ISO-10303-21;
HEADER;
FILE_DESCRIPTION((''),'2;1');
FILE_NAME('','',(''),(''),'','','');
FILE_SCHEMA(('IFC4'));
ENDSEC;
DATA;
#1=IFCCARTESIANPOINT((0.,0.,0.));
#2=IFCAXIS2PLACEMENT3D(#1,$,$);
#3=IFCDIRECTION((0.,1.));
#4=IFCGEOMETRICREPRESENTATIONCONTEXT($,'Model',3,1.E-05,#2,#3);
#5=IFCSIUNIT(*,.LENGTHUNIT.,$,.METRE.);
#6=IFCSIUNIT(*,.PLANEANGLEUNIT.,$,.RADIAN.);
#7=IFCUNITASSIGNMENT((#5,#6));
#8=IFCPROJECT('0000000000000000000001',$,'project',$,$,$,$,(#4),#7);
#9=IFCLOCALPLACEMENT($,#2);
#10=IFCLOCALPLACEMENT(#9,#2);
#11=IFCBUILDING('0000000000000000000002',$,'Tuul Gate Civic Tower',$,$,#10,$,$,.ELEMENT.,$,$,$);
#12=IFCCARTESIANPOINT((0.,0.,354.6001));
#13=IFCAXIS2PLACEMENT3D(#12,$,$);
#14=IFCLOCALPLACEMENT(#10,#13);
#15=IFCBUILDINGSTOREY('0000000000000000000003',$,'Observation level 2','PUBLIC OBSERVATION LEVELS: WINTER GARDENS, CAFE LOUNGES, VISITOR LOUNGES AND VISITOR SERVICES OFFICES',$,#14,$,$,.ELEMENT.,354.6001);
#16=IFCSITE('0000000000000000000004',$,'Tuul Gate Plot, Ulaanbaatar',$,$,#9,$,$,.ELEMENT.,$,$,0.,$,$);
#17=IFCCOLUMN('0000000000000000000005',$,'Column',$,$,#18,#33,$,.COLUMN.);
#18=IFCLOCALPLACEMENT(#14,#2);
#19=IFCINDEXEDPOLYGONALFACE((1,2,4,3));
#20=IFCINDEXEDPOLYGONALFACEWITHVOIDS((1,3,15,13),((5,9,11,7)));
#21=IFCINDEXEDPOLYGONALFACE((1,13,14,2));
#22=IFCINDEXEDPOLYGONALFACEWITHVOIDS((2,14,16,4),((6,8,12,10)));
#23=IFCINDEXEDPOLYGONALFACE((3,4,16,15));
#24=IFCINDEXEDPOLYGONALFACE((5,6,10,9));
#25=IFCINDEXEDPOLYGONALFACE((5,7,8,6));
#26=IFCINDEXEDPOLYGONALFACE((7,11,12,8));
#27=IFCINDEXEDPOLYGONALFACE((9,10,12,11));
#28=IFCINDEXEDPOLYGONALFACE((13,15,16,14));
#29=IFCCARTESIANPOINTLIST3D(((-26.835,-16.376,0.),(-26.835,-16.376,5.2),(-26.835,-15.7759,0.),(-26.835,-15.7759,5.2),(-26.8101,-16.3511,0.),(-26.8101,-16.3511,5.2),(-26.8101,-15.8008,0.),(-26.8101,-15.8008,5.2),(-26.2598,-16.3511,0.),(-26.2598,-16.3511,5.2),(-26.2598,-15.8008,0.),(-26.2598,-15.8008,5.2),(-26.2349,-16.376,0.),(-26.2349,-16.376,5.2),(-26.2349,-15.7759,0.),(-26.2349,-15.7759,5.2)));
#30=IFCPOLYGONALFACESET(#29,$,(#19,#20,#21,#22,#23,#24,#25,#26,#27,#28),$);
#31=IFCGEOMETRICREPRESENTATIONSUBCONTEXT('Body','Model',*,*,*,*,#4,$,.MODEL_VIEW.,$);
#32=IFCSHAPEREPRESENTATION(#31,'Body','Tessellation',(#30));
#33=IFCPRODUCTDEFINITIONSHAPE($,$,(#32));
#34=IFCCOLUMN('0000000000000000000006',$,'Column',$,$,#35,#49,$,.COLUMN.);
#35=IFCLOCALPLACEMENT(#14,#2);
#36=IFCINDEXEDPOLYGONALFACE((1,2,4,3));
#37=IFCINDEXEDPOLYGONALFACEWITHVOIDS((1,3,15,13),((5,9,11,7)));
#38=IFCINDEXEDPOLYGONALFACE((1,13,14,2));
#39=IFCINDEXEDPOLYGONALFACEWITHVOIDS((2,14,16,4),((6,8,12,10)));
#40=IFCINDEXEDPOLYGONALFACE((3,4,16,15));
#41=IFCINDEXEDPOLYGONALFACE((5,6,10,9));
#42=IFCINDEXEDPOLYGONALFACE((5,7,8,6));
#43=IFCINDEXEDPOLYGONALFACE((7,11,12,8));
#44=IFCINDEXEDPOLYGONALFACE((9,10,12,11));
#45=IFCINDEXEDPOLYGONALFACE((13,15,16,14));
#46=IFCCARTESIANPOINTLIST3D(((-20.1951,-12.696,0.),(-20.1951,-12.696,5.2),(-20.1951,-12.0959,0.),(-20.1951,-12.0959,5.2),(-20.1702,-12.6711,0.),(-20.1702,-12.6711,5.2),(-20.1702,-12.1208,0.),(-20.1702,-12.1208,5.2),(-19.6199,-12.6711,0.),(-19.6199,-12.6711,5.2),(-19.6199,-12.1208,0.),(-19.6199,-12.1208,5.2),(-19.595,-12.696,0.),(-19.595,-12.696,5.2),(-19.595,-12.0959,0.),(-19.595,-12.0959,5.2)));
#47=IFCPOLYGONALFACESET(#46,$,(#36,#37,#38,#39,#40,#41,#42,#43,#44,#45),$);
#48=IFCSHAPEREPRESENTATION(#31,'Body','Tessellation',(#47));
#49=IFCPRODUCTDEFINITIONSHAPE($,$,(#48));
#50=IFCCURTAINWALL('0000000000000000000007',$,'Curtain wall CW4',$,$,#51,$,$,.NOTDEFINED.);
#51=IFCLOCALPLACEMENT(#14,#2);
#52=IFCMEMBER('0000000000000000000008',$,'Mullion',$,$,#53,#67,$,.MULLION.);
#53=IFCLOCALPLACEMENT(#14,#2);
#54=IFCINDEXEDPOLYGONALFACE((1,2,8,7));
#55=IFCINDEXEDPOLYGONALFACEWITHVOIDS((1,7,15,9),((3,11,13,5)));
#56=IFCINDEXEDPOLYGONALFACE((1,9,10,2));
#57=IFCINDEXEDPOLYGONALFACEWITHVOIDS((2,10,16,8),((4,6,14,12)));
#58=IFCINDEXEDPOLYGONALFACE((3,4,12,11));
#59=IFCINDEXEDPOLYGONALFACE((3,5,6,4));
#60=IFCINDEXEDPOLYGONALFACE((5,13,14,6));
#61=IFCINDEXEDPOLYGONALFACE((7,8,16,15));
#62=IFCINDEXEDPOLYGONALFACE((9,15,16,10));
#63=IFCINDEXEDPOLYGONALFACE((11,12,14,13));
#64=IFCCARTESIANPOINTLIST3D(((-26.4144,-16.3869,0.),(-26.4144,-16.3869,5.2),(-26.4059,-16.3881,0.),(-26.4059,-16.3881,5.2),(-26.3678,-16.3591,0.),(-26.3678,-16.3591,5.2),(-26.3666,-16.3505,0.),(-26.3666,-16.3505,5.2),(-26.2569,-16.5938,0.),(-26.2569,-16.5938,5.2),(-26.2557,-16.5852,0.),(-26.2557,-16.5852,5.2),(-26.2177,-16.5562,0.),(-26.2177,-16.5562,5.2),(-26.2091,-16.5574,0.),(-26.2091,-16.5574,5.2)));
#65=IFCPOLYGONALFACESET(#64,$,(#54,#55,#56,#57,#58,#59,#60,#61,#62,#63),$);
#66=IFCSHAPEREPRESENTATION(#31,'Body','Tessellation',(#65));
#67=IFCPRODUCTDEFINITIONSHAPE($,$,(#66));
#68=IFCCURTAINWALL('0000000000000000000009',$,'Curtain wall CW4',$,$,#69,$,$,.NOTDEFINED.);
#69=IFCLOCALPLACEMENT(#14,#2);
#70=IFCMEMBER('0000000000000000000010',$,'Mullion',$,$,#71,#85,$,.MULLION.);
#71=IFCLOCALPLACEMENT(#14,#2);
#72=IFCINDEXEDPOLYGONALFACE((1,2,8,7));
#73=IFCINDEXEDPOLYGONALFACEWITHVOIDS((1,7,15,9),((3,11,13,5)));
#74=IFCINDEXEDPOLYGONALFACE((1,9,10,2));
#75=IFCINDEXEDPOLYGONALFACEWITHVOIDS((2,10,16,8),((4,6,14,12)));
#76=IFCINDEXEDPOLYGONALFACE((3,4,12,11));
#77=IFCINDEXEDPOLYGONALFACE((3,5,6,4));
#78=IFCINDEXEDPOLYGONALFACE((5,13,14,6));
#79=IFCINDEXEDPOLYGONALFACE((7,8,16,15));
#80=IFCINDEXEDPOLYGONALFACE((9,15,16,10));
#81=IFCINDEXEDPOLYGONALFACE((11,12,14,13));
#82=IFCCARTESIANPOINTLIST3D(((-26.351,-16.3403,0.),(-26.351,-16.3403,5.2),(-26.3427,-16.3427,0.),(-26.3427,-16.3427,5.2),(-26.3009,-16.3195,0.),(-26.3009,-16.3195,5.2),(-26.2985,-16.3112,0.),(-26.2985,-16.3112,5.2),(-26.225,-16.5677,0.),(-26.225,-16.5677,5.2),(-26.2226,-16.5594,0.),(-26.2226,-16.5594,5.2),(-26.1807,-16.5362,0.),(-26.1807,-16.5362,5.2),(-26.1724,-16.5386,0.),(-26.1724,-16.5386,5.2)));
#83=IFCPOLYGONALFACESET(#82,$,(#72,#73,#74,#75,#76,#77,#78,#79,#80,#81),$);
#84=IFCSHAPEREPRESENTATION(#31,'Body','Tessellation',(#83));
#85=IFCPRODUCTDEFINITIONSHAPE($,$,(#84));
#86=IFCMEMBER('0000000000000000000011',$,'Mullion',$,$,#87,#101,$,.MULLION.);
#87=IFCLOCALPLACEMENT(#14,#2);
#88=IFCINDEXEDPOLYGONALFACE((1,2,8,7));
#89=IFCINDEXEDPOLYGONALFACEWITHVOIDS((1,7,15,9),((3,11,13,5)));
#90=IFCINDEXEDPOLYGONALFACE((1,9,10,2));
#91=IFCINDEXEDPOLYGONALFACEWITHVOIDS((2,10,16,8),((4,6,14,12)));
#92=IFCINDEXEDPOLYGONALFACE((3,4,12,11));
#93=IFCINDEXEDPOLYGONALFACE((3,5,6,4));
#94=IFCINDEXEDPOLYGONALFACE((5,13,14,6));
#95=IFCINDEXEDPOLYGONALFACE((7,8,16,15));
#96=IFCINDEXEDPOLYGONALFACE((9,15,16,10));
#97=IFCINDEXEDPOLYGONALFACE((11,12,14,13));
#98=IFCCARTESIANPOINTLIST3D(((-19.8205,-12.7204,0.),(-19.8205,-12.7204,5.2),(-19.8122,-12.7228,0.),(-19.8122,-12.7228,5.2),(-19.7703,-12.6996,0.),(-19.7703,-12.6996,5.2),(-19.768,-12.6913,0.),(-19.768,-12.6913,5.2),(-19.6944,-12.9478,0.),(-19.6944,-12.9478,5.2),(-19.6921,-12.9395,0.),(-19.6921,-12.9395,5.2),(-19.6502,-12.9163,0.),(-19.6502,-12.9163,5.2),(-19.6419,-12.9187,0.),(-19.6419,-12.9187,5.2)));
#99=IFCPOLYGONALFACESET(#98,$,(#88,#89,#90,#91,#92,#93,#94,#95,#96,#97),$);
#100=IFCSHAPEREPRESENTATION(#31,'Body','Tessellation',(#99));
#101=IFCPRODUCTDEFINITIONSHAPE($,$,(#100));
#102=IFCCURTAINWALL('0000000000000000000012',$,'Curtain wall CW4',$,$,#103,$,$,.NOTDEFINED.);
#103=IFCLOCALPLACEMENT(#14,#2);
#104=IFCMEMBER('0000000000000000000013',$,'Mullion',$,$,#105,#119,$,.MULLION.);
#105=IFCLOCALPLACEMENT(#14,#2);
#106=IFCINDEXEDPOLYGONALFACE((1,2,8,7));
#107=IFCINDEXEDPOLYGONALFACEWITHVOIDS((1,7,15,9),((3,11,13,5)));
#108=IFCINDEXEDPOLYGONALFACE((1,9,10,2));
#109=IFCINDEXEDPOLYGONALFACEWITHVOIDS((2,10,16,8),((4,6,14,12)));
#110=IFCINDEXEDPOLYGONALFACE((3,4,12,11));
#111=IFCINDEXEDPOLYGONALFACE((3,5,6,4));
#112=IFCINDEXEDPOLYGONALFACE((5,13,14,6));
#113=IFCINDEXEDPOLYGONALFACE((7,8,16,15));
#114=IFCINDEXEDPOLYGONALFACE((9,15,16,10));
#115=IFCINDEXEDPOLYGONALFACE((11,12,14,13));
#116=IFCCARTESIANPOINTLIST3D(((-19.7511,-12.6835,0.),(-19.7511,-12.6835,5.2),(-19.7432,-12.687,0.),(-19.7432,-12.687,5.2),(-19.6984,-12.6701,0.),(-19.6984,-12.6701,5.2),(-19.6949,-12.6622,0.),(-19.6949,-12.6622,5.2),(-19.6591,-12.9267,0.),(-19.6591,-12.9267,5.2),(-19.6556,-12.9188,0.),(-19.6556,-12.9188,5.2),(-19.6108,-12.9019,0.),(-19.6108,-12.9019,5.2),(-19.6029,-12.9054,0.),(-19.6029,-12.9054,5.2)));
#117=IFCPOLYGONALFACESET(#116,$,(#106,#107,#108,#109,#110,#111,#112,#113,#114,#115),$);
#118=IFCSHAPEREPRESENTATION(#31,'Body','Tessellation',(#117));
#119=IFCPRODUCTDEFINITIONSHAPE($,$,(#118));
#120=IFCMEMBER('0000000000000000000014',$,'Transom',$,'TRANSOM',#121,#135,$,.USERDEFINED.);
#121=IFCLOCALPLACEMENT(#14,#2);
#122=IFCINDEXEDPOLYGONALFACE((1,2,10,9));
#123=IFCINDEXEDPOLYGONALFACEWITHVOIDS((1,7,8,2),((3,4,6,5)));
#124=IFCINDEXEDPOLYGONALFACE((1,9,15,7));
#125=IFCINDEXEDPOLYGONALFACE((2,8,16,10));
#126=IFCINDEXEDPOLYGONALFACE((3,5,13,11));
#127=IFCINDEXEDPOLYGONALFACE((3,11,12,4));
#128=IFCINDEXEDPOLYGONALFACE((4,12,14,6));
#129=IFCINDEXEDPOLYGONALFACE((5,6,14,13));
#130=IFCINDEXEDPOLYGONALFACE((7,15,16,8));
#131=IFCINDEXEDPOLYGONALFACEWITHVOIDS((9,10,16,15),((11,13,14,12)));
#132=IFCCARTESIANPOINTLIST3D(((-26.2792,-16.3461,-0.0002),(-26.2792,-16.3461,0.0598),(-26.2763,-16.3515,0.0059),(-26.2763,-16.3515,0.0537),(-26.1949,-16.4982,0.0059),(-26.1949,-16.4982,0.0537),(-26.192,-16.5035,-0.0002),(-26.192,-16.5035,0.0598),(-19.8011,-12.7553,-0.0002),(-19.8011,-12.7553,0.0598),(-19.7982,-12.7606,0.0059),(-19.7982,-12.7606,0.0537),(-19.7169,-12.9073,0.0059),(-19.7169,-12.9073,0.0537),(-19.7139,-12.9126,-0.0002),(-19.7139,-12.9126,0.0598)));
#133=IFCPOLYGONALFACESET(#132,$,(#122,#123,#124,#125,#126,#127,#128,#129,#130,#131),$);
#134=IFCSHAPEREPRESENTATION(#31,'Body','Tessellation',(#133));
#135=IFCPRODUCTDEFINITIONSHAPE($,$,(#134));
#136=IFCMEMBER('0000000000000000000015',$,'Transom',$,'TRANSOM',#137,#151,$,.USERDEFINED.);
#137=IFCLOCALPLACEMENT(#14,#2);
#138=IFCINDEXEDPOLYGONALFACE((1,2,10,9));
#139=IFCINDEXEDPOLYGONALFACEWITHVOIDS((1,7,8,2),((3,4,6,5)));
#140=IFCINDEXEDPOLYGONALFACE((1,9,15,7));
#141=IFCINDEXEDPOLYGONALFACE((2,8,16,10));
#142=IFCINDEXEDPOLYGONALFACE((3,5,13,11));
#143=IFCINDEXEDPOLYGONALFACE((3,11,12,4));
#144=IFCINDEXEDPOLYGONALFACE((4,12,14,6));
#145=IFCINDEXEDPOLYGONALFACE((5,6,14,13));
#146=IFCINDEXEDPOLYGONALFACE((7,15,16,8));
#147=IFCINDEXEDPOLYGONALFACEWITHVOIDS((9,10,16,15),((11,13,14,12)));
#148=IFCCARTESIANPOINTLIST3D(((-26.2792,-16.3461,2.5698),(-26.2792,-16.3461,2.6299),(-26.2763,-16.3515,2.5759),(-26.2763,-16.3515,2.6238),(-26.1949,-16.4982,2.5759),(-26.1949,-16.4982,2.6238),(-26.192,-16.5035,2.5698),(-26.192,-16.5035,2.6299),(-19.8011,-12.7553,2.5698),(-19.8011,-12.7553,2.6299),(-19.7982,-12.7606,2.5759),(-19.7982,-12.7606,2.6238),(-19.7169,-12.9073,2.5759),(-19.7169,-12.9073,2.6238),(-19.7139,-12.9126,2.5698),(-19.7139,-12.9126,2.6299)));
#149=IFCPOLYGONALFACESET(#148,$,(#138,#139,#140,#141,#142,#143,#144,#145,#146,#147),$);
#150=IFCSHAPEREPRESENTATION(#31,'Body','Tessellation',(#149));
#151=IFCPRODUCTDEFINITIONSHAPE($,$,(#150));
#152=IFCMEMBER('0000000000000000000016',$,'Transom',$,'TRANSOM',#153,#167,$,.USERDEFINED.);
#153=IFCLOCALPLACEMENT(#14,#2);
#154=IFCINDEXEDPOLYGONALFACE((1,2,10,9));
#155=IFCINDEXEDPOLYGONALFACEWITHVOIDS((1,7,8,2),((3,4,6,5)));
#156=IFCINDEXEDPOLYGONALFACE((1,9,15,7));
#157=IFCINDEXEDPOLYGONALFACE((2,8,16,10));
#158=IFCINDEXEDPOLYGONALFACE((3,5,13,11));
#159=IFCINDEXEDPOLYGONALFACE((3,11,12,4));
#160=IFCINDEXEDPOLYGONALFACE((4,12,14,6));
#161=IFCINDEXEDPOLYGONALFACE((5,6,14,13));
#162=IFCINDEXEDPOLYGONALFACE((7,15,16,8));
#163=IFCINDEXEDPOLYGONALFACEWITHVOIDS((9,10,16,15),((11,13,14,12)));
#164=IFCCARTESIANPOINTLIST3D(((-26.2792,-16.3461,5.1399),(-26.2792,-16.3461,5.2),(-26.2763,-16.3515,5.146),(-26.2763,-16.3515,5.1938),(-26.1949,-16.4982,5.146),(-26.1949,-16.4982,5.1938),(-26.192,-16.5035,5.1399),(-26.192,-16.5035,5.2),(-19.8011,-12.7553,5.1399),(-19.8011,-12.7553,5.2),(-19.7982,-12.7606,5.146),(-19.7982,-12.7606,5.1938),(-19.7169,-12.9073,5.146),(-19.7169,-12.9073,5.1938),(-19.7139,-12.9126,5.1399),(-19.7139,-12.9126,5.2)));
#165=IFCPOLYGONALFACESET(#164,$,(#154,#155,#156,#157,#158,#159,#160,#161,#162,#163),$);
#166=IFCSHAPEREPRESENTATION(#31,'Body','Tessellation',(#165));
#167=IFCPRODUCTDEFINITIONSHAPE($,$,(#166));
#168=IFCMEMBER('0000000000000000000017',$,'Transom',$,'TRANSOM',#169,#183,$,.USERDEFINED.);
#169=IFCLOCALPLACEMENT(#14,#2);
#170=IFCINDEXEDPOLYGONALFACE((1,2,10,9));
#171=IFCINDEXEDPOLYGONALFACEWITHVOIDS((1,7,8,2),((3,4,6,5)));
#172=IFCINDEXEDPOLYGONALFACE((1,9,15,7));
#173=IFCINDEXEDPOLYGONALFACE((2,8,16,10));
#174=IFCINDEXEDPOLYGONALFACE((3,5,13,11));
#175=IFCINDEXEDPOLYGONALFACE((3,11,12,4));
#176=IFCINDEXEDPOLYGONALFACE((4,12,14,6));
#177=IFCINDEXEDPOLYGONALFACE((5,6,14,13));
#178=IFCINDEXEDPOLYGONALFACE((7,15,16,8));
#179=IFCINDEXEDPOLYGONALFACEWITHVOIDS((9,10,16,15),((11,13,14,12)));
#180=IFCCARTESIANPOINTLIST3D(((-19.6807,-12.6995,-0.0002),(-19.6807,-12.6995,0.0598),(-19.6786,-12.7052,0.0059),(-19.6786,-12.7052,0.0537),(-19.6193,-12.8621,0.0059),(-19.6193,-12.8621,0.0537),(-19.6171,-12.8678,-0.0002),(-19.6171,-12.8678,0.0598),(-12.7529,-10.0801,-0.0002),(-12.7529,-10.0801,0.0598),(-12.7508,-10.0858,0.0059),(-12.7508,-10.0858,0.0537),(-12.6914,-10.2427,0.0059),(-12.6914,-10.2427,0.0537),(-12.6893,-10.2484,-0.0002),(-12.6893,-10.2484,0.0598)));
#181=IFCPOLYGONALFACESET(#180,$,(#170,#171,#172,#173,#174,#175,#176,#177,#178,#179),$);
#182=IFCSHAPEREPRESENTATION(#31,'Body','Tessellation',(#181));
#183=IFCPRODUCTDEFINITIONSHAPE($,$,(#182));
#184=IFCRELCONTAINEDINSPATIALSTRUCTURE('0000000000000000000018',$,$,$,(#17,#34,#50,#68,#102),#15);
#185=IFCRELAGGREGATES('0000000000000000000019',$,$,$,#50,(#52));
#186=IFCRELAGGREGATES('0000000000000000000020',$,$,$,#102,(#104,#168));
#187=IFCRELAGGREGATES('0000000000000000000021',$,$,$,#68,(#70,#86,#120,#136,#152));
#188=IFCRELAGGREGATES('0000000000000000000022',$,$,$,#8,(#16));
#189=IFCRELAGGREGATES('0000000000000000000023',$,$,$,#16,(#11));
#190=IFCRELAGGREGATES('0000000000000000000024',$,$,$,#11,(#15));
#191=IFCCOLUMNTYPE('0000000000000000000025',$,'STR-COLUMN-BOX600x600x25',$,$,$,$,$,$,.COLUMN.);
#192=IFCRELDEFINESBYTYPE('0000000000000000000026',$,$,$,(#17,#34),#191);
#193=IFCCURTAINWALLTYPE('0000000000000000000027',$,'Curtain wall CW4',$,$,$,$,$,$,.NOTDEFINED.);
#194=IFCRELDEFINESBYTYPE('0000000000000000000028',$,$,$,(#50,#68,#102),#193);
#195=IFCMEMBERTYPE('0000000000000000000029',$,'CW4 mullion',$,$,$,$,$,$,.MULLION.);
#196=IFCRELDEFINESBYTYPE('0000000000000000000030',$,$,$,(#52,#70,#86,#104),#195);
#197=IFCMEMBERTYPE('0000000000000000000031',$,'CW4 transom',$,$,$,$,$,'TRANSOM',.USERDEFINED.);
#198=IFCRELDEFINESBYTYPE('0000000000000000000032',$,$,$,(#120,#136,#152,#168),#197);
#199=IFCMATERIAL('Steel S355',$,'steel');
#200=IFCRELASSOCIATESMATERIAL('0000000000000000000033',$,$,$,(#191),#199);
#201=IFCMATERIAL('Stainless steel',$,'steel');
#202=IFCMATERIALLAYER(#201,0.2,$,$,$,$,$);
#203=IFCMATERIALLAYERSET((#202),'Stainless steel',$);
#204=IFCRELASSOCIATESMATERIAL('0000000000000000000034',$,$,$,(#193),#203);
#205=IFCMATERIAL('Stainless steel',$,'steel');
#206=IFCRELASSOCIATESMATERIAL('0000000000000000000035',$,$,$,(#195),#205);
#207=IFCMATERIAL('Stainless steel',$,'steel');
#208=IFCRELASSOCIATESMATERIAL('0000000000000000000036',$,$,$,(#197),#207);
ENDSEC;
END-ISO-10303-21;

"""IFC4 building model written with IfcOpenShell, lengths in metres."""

from ifc_helpers import new_model, si_unit, direction, frame, origin, origin_2d, place, context, subcontext, project, spatial, hollow_rectangle, extrude, material, layer, layer_set, material_profile, profile_set, type_object, element, aggregate, save


model = new_model("IFC4")

# Units and contexts
model_context = context("Model", 3, precision=1e-05, world=origin(), true_north=direction((0.0, 1.0)))
body_context = subcontext(model_context, "Body", "Model", "MODEL_VIEW")
ifc_project = project(units=[si_unit("LENGTHUNIT", "METRE"), si_unit("PLANEANGLEUNIT", "RADIAN")], contexts=[model_context])

# Site, building, storey
site_placement = place(None, origin())
site = spatial("IfcSite", under=ifc_project, at=site_placement, Name="Tuul Gate Plot, Ulaanbaatar", CompositionType="ELEMENT", RefElevation=0.0)
building_placement = place(site_placement, origin())
building = spatial("IfcBuilding", under=site, at=building_placement, Name="Tuul Gate Civic Tower", CompositionType="ELEMENT")
storey_placement = place(building_placement, frame((0.0, 0.0, 354.6001)))
storey = spatial("IfcBuildingStorey", under=building, at=storey_placement, Name="Observation level 2", Description="PUBLIC OBSERVATION LEVELS: WINTER GARDENS, CAFE LOUNGES, VISITOR LOUNGES AND VISITOR SERVICES OFFICES", CompositionType="ELEMENT", Elevation=354.6001)

# Columns
ifc_material_1 = material(Name="Steel S355", Category="steel")
ifc_material_profile_1 = material_profile(ifc_material_1, hollow_rectangle(XDim=0.6001, YDim=0.6001, WallThickness=0.0249, at=origin_2d()), Name="BOX600x600x25")
ifc_profile_set_1 = profile_set([ifc_material_profile_1], Name="Steel S355")
column_type = type_object("IfcColumnType", Name="STR-COLUMN-BOX600x600x25", PredefinedType="COLUMN", material=ifc_profile_set_1)
for number, where, z_axis, x_axis, name in (
    (1, (-26.5349, -16.0759, 0.0), (0.0, 0.0, 1.0), (1.0, 0.0, 0.0), "Column"),
    (2, (-19.895, -12.396, 0.0), (0.0, 0.0, 1.0), (1.0, 0.0, 0.0), "Column"),
):
    element("IfcColumn", number, at=place(storey_placement, frame(where, z_axis=z_axis, x_axis=x_axis)), inside=storey, type_object=column_type, Name=name, PredefinedType="COLUMN", context=body_context, shape_type="SweptSolid", body=[
        extrude(hollow_rectangle(XDim=0.6001, YDim=0.6001, WallThickness=0.0249, at=origin_2d()), origin(), (0.0, 0.0, 1.0), 5.2),
    ])

# Curtain wall, member
ifc_material_2 = material(Name="Stainless steel", Category="steel")
ifc_layer_1 = layer(ifc_material_2, 0.2)
ifc_layer_set_1 = layer_set([ifc_layer_1], Name="Stainless steel")
curtain_wall_type = type_object("IfcCurtainWallType", Name="Curtain wall CW4", PredefinedType="NOTDEFINED", material=ifc_layer_set_1)
curtain_wall_1_placement = place(storey_placement, origin())
curtain_wall_1 = element("IfcCurtainWall", 3, at=curtain_wall_1_placement, inside=storey, type_object=curtain_wall_type, Name="Curtain wall CW4", PredefinedType="NOTDEFINED")
ifc_material_3 = material(Name="Stainless steel", Category="steel")
ifc_material_profile_2 = material_profile(ifc_material_3, hollow_rectangle(XDim=0.26, YDim=0.0601, WallThickness=0.0061, at=origin_2d()), Name="CW4 mullion")
ifc_profile_set_2 = profile_set([ifc_material_profile_2], Name="Stainless steel")
member_type_1 = type_object("IfcMemberType", Name="CW4 mullion", PredefinedType="MULLION", material=ifc_profile_set_2)
member_1_placement = place(storey_placement, frame((-26.3118, -16.4722, 0.0), z_axis=(0.0, 0.0, 1.0), x_axis=(-0.605851, 0.795578, 0.0)))
member_1 = element("IfcMember", 4, at=member_1_placement, type_object=member_type_1, Name="Mullion", PredefinedType="MULLION", context=body_context, shape_type="SweptSolid", body=[
    extrude(hollow_rectangle(XDim=0.26, YDim=0.0601, WallThickness=0.0061, at=origin_2d()), origin(), (0.0, 0.0, 1.0), 5.2),
])
aggregate(curtain_wall_1, [member_1])

# Curtain wall, members
curtain_wall_2_placement = place(storey_placement, origin())
curtain_wall_2 = element("IfcCurtainWall", 5, at=curtain_wall_2_placement, inside=storey, type_object=curtain_wall_type, Name="Curtain wall CW4", PredefinedType="NOTDEFINED")
member_2_placement = place(storey_placement, frame((-26.2617, -16.4395, 0.0), z_axis=(0.0, 0.0, 1.0), x_axis=(-0.484808, 0.874621, 0.0)))
member_2 = element("IfcMember", 6, at=member_2_placement, type_object=member_type_1, Name="Mullion", PredefinedType="MULLION", context=body_context, shape_type="SweptSolid", body=[
    extrude(hollow_rectangle(XDim=0.26, YDim=0.0601, WallThickness=0.0061, at=origin_2d()), origin(), (0.0, 0.0, 1.0), 5.2),
])
member_3_placement = place(storey_placement, frame((-19.7312, -12.8196, 0.0), z_axis=(0.0, 0.0, 1.0), x_axis=(-0.484808, 0.874621, 0.0)))
member_3 = element("IfcMember", 7, at=member_3_placement, type_object=member_type_1, Name="Mullion", PredefinedType="MULLION", context=body_context, shape_type="SweptSolid", body=[
    extrude(hollow_rectangle(XDim=0.26, YDim=0.0601, WallThickness=0.0061, at=origin_2d()), origin(), (0.0, 0.0, 1.0), 5.2),
])

# Curtain wall, member
curtain_wall_3_placement = place(storey_placement, origin())
curtain_wall_3 = element("IfcCurtainWall", 8, at=curtain_wall_3_placement, inside=storey, type_object=curtain_wall_type, Name="Curtain wall CW4", PredefinedType="NOTDEFINED")
member_4_placement = place(storey_placement, frame((-19.677, -12.7944, 0.0), z_axis=(0.0, 0.0, 1.0), x_axis=(-0.353685, 0.935365, 0.0)))
member_4 = element("IfcMember", 9, at=member_4_placement, type_object=member_type_1, Name="Mullion", PredefinedType="MULLION", context=body_context, shape_type="SweptSolid", body=[
    extrude(hollow_rectangle(XDim=0.26, YDim=0.0601, WallThickness=0.0061, at=origin_2d()), origin(), (0.0, 0.0, 1.0), 5.2),
])

# Members
ifc_material_4 = material(Name="Stainless steel", Category="steel")
ifc_material_profile_3 = material_profile(ifc_material_4, hollow_rectangle(XDim=0.1799, YDim=0.0601, WallThickness=0.0061, at=origin_2d()), Name="CW4 transom")
ifc_profile_set_3 = profile_set([ifc_material_profile_3], Name="Stainless steel")
member_type_2 = type_object("IfcMemberType", Name="CW4 transom", ElementType="TRANSOM", PredefinedType="USERDEFINED", material=ifc_profile_set_3)
member_5_placement = place(storey_placement, frame((-26.2356, -16.4248, 0.0298), z_axis=(0.87462, 0.484809, 0.0), x_axis=(-0.484809, 0.87462, 0.0)))
member_5 = element("IfcMember", 10, at=member_5_placement, type_object=member_type_2, Name="Transom", ObjectType="TRANSOM", PredefinedType="USERDEFINED", context=body_context, shape_type="SweptSolid", body=[
    extrude(hollow_rectangle(XDim=0.1799, YDim=0.0601, WallThickness=0.0061, at=origin_2d()), origin(), (0.0, 0.0, 1.0), 7.4067),
])
member_6_placement = place(storey_placement, frame((-26.2356, -16.4248, 2.5999), z_axis=(0.87462, 0.484809, 0.0), x_axis=(-0.484809, 0.87462, 0.0)))
member_6 = element("IfcMember", 11, at=member_6_placement, type_object=member_type_2, Name="Transom", ObjectType="TRANSOM", PredefinedType="USERDEFINED", context=body_context, shape_type="SweptSolid", body=[
    extrude(hollow_rectangle(XDim=0.1799, YDim=0.0601, WallThickness=0.0061, at=origin_2d()), origin(), (0.0, 0.0, 1.0), 7.4067),
])
member_7_placement = place(storey_placement, frame((-26.2356, -16.4248, 5.1699), z_axis=(0.87462, 0.484809, 0.0), x_axis=(-0.484809, 0.87462, 0.0)))
member_7 = element("IfcMember", 12, at=member_7_placement, type_object=member_type_2, Name="Transom", ObjectType="TRANSOM", PredefinedType="USERDEFINED", context=body_context, shape_type="SweptSolid", body=[
    extrude(hollow_rectangle(XDim=0.1799, YDim=0.0601, WallThickness=0.0061, at=origin_2d()), origin(), (0.0, 0.0, 1.0), 7.4067),
])
member_8_placement = place(storey_placement, frame((-19.6489, -12.7837, 0.0298), z_axis=(0.935372, 0.353665, 0.0), x_axis=(-0.353665, 0.935372, 0.0)))
member_8 = element("IfcMember", 13, at=member_8_placement, type_object=member_type_2, Name="Transom", ObjectType="TRANSOM", PredefinedType="USERDEFINED", context=body_context, shape_type="SweptSolid", body=[
    extrude(hollow_rectangle(XDim=0.1799, YDim=0.0601, WallThickness=0.0061, at=origin_2d()), origin(), (0.0, 0.0, 1.0), 7.4065),
])
aggregate(curtain_wall_3, [member_4, member_8])

aggregate(curtain_wall_2, [member_2, member_3, member_5, member_6, member_7])

save(model, "model.ifc")
